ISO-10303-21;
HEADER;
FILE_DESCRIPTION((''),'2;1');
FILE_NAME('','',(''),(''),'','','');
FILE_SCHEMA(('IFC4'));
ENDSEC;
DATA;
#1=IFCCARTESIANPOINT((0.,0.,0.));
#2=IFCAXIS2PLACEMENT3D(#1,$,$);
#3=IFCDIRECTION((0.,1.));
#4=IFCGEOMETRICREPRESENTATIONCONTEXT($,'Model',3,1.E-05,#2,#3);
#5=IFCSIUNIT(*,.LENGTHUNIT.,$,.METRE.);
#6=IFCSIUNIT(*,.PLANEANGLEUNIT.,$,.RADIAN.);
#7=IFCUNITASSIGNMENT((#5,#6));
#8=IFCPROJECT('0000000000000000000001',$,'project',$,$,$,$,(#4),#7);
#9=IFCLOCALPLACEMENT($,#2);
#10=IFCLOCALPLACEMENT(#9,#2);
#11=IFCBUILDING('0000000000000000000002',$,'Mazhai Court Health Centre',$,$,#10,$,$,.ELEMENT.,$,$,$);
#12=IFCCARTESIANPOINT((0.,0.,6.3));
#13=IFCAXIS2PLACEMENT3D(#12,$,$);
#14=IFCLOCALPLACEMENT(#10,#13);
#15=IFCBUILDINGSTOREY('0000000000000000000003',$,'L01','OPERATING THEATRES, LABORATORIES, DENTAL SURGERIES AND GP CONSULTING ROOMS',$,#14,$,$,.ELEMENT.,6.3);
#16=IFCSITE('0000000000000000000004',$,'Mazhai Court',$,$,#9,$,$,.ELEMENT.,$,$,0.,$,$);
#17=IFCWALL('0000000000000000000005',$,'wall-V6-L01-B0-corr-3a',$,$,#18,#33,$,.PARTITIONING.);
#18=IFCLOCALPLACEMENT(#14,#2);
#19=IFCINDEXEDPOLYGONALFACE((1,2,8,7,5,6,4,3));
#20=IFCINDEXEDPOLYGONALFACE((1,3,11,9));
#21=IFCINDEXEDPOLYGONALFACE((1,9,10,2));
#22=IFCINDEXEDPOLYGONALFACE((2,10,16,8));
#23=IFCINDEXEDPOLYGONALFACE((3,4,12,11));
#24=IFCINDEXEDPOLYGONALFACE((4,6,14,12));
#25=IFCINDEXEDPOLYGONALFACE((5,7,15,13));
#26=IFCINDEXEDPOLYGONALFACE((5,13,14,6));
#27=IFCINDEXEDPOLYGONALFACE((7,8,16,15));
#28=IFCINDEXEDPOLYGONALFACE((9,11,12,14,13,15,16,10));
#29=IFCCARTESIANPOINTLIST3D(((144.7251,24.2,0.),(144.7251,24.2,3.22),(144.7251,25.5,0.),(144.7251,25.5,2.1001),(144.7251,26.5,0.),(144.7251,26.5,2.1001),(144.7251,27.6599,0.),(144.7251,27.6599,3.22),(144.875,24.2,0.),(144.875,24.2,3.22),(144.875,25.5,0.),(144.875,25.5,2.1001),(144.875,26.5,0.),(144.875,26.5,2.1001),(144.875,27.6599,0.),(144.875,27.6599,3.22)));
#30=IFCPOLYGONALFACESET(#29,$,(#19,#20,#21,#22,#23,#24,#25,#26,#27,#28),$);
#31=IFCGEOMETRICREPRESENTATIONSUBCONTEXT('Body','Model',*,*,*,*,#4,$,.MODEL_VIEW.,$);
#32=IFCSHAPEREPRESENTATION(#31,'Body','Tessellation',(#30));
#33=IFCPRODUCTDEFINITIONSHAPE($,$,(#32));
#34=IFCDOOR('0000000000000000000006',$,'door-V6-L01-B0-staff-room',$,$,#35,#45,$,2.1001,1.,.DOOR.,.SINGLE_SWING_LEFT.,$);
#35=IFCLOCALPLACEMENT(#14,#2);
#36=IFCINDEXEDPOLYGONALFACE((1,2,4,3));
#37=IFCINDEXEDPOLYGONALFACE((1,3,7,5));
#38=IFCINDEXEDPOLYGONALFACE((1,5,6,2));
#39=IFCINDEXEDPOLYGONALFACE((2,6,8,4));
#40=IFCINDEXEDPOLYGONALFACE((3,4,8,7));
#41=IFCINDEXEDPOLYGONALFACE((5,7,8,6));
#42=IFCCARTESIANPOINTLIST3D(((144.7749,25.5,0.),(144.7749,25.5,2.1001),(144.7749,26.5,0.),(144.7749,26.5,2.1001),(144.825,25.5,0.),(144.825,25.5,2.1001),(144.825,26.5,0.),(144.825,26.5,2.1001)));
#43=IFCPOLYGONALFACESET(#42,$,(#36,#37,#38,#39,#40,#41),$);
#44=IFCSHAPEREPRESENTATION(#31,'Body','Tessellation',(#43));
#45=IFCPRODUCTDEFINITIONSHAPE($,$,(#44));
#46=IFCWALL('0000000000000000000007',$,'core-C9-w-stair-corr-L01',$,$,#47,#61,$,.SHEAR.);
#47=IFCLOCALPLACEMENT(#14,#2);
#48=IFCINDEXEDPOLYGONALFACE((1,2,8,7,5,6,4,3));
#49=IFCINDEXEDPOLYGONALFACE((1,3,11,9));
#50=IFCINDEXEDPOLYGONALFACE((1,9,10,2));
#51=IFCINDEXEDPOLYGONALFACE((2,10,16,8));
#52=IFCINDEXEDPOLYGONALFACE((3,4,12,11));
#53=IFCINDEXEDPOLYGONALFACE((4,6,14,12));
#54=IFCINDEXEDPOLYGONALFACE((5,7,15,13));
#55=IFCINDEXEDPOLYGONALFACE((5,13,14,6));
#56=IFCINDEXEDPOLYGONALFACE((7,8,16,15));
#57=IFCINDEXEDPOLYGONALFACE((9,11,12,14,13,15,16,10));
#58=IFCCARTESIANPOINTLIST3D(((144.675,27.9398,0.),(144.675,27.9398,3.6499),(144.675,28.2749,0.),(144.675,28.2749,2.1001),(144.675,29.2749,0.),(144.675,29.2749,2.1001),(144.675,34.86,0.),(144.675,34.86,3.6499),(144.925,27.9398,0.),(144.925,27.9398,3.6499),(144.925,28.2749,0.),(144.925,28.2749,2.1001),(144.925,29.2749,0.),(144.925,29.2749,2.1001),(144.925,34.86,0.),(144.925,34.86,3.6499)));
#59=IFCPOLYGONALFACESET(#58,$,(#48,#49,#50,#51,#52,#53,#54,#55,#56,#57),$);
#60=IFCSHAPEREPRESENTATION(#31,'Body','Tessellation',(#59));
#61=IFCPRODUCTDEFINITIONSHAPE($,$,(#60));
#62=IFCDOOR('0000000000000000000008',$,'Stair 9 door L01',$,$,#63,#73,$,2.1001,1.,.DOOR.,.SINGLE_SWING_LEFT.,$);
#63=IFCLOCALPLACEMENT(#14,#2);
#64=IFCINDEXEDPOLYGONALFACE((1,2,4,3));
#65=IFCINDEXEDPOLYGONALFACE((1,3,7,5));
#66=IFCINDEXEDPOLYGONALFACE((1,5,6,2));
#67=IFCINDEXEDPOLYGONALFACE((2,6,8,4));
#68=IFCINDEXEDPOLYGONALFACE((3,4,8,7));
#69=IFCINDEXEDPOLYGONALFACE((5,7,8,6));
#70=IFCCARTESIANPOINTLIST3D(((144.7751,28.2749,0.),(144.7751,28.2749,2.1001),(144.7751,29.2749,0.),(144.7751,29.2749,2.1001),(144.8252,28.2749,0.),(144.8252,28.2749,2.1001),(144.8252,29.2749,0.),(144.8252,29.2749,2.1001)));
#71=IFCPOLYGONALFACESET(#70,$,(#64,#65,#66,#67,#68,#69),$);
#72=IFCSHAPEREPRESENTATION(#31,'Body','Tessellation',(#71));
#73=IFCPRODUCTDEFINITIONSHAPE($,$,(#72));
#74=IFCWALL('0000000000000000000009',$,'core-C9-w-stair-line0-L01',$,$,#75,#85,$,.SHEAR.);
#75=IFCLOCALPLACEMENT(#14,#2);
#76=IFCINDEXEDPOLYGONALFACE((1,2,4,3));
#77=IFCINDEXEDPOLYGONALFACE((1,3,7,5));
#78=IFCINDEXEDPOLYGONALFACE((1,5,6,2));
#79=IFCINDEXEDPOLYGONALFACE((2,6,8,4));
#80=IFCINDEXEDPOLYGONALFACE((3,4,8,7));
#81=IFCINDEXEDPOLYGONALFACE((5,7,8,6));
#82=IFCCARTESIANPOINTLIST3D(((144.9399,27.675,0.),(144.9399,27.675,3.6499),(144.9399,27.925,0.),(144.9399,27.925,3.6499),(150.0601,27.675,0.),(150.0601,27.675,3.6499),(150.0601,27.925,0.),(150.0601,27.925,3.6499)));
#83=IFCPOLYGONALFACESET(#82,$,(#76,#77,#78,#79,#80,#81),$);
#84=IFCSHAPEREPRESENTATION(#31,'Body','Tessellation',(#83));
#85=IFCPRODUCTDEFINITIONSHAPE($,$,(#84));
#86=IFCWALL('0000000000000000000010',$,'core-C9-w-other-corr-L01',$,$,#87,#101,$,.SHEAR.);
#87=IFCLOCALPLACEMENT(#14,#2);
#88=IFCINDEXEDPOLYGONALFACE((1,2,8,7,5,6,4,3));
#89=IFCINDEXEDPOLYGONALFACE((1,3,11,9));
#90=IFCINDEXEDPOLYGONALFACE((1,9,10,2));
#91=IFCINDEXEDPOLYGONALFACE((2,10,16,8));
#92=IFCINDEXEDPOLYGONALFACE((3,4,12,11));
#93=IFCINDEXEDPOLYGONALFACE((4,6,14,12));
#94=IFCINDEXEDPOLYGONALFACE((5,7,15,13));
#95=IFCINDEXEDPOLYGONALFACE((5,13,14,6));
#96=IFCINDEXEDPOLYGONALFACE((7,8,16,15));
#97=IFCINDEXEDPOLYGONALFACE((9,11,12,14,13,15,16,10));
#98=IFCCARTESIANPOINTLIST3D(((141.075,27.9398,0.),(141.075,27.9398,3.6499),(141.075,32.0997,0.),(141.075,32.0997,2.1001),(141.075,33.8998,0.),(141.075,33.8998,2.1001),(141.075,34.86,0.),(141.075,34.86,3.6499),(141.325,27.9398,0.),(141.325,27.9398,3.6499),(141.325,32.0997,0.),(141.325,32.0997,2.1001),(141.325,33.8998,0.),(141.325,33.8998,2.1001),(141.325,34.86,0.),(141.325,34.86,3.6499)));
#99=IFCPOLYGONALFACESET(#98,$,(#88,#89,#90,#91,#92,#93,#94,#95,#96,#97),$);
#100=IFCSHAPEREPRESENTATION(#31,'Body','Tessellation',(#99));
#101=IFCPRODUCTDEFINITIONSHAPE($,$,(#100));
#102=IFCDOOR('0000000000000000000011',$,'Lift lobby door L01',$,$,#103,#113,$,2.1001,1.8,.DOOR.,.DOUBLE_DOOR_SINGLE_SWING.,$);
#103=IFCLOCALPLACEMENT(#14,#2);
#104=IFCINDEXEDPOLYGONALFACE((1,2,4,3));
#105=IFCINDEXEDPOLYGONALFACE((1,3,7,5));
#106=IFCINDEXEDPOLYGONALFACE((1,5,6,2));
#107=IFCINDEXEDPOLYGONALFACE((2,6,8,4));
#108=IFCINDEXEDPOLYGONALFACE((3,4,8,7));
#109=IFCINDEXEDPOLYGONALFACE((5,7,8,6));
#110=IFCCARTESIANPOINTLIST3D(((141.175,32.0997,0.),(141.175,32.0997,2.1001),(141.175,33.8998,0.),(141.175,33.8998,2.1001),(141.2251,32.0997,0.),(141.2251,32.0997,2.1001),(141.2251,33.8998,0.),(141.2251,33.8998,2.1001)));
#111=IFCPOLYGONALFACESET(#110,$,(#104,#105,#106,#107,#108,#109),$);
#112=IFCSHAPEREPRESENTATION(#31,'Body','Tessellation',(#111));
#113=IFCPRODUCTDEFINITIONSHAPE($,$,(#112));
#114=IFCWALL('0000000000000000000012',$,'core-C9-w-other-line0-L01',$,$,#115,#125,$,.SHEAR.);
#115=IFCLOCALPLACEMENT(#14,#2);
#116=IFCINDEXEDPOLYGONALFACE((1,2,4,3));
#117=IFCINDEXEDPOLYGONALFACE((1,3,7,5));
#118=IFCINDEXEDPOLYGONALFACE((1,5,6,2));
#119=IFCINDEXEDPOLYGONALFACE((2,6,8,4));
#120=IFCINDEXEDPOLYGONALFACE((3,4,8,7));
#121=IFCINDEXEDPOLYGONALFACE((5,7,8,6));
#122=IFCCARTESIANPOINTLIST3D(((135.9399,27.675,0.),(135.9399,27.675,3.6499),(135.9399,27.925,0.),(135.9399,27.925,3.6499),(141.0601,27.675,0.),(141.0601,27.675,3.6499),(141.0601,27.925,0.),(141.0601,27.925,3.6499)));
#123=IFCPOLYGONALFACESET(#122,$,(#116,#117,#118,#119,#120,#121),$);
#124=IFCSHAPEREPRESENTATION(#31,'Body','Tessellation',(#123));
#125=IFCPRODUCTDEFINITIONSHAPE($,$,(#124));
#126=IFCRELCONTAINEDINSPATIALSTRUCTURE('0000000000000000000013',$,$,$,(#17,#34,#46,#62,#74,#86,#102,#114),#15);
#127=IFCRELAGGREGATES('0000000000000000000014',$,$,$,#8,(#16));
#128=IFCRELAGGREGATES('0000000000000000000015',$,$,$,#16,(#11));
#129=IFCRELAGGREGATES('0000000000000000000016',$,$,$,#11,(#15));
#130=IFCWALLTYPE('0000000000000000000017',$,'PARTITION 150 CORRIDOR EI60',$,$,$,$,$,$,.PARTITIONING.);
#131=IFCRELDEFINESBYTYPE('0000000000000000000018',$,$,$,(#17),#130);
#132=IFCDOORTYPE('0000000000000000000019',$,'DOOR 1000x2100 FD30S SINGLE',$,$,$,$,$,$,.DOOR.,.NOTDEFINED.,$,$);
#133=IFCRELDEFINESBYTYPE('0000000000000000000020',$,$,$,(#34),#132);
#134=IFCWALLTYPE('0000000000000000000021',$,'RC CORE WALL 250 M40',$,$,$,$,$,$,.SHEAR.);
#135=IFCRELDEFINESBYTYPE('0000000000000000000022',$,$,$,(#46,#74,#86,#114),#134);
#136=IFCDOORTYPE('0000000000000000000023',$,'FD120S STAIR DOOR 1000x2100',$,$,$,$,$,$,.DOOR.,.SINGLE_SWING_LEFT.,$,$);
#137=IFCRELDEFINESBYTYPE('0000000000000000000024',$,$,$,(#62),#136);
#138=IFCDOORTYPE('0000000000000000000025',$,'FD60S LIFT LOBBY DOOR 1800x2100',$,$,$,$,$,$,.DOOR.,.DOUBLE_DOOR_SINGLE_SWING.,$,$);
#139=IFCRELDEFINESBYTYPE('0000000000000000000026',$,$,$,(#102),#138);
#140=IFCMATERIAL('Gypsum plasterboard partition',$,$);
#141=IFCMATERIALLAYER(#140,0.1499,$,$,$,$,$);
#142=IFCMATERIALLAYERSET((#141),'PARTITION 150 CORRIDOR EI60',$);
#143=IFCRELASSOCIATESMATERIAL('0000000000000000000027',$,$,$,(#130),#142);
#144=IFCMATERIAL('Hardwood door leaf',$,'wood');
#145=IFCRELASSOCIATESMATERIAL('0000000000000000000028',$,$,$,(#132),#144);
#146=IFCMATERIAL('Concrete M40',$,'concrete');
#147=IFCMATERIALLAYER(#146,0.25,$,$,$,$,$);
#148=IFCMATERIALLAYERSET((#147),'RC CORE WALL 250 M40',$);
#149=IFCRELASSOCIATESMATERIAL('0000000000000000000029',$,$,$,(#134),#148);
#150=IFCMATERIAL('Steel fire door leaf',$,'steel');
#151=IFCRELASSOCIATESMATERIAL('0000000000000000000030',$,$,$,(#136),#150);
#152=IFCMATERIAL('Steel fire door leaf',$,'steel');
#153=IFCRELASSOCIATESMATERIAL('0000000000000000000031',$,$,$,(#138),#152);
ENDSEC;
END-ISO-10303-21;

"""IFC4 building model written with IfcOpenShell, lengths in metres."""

from ifc_helpers import new_model, si_unit, direction, frame, frame_2d, origin, place, context, subcontext, project, spatial, rectangle, extrude, material, layer, layer_set, type_object, element, fill, save


model = new_model("IFC4")

# Units and contexts
model_context = context("Model", 3, precision=1e-05, world=origin(), true_north=direction((0.0, 1.0)))
body_context = subcontext(model_context, "Body", "Model", "MODEL_VIEW")
ifc_project = project(units=[si_unit("LENGTHUNIT", "METRE"), si_unit("PLANEANGLEUNIT", "RADIAN")], contexts=[model_context])

# Site, building, storey
site_placement = place(None, origin())
site = spatial("IfcSite", under=ifc_project, at=site_placement, Name="Mazhai Court", CompositionType="ELEMENT", RefElevation=0.0)
building_placement = place(site_placement, origin())
building = spatial("IfcBuilding", under=site, at=building_placement, Name="Mazhai Court Health Centre", CompositionType="ELEMENT")
storey_placement = place(building_placement, frame((0.0, 0.0, 6.3)))
storey = spatial("IfcBuildingStorey", under=building, at=storey_placement, Name="L01", Description="OPERATING THEATRES, LABORATORIES, DENTAL SURGERIES AND GP CONSULTING ROOMS", CompositionType="ELEMENT", Elevation=6.3)

# Walls, openings, doors
ifc_material_1 = material(Name="Gypsum plasterboard partition")
ifc_layer_1 = layer(ifc_material_1, 0.1499)
ifc_layer_set_1 = layer_set([ifc_layer_1], Name="PARTITION 150 CORRIDOR EI60")
wall_type_1 = type_object("IfcWallType", Name="PARTITION 150 CORRIDOR EI60", PredefinedType="PARTITIONING", material=ifc_layer_set_1)
wall_1_placement = place(storey_placement, frame((144.8, 27.6599, 0.0), z_axis=(0.0, 0.0, 1.0), x_axis=(0.0, -1.0, 0.0)))
wall_1 = element("IfcWall", 1, at=wall_1_placement, inside=storey, type_object=wall_type_1, Name="wall-V6-L01-B0-corr-3a", PredefinedType="PARTITIONING", context=body_context, shape_type="SweptSolid", body=[
    extrude(rectangle(XDim=3.46, YDim=0.1499, at=frame_2d((1.73, 0.0))), origin(), (0.0, 0.0, 1.0), 3.22),
])
opening_1_placement = place(wall_1_placement, frame((1.1599, 0.0, 0.0)))
opening_1 = element("IfcOpeningElement", 2, at=opening_1_placement, cuts=wall_1, PredefinedType="OPENING", context=body_context, shape_type="SweptSolid", body=[
    extrude(rectangle(XDim=1.0, YDim=2.1001, at=frame_2d((0.5, 1.05))), frame((0.0, 0.085, 0.0), z_axis=(0.0, -1.0, 0.0), x_axis=(1.0, 0.0, 0.0)), (0.0, 0.0, 1.0), 0.1699),
])
ifc_material_2 = material(Name="Hardwood door leaf", Category="wood")
door_type_1 = type_object("IfcDoorType", Name="DOOR 1000x2100 FD30S SINGLE", OperationType="NOTDEFINED", PredefinedType="DOOR", material=ifc_material_2)
door_1_placement = place(opening_1_placement, origin())
door_1 = element("IfcDoor", 3, at=door_1_placement, inside=storey, type_object=door_type_1, Name="door-V6-L01-B0-staff-room", OperationType="SINGLE_SWING_LEFT", OverallHeight=2.1001, OverallWidth=1.0, PredefinedType="DOOR", context=body_context, shape_type="SweptSolid", body=[
    extrude(rectangle(XDim=1.0, YDim=2.1001, at=frame_2d((0.5, 1.05))), frame((0.0, 0.0249, 0.0), z_axis=(0.0, -1.0, 0.0), x_axis=(1.0, 0.0, 0.0)), (0.0, 0.0, 1.0), 0.05),
])
fill(opening_1, door_1)
ifc_material_3 = material(Name="Concrete M40", Category="concrete")
ifc_layer_2 = layer(ifc_material_3, 0.25)
ifc_layer_set_2 = layer_set([ifc_layer_2], Name="RC CORE WALL 250 M40")
wall_type_2 = type_object("IfcWallType", Name="RC CORE WALL 250 M40", PredefinedType="SHEAR", material=ifc_layer_set_2)
wall_2_placement = place(storey_placement, frame((144.8, 27.9399, 0.0), z_axis=(0.0, 0.0, 1.0), x_axis=(0.0, 1.0, 0.0)))
wall_2 = element("IfcWall", 4, at=wall_2_placement, inside=storey, type_object=wall_type_2, Name="core-C9-w-stair-corr-L01", PredefinedType="SHEAR", context=body_context, shape_type="SweptSolid", body=[
    extrude(rectangle(XDim=6.9202, YDim=0.25, at=frame_2d((3.46, 0.0))), origin(), (0.0, 0.0, 1.0), 3.6499),
])
opening_2_placement = place(wall_2_placement, frame((0.335, 0.0, 0.0)))
opening_2 = element("IfcOpeningElement", 5, at=opening_2_placement, cuts=wall_2, PredefinedType="OPENING", context=body_context, shape_type="SweptSolid", body=[
    extrude(rectangle(XDim=1.0, YDim=2.1001, at=frame_2d((0.5, 1.05))), frame((0.0, 0.135, 0.0), z_axis=(0.0, -1.0, 0.0), x_axis=(1.0, 0.0, 0.0)), (0.0, 0.0, 1.0), 0.27),
])
ifc_material_4 = material(Name="Steel fire door leaf", Category="steel")
door_type_2 = type_object("IfcDoorType", Name="FD120S STAIR DOOR 1000x2100", OperationType="SINGLE_SWING_LEFT", PredefinedType="DOOR", material=ifc_material_4)
door_2_placement = place(opening_2_placement, origin())
door_2 = element("IfcDoor", 6, at=door_2_placement, inside=storey, type_object=door_type_2, Name="Stair 9 door L01", OperationType="SINGLE_SWING_LEFT", OverallHeight=2.1001, OverallWidth=1.0, PredefinedType="DOOR", context=body_context, shape_type="SweptSolid", body=[
    extrude(rectangle(XDim=1.0, YDim=2.1001, at=frame_2d((0.5, 1.05))), frame((0.0, 0.0249, 0.0), z_axis=(0.0, -1.0, 0.0), x_axis=(1.0, 0.0, 0.0)), (0.0, 0.0, 1.0), 0.05),
])
fill(opening_2, door_2)

# Wall
wall_3_placement = place(storey_placement, frame((144.9399, 27.8, 0.0), z_axis=(0.0, 0.0, 1.0), x_axis=(1.0, 0.0, 0.0)))
element("IfcWall", 7, at=wall_3_placement, inside=storey, type_object=wall_type_2, Name="core-C9-w-stair-line0-L01", PredefinedType="SHEAR", context=body_context, shape_type="SweptSolid", body=[
    extrude(rectangle(XDim=5.1201, YDim=0.25, at=frame_2d((2.5601, 0.0))), origin(), (0.0, 0.0, 1.0), 3.6499),
])

# Wall, opening, door
wall_4_placement = place(storey_placement, frame((141.2, 27.9399, 0.0), z_axis=(0.0, 0.0, 1.0), x_axis=(0.0, 1.0, 0.0)))
wall_4 = element("IfcWall", 8, at=wall_4_placement, inside=storey, type_object=wall_type_2, Name="core-C9-w-other-corr-L01", PredefinedType="SHEAR", context=body_context, shape_type="SweptSolid", body=[
    extrude(rectangle(XDim=6.9202, YDim=0.25, at=frame_2d((3.46, 0.0))), origin(), (0.0, 0.0, 1.0), 3.6499),
])
opening_3_placement = place(wall_4_placement, frame((4.1599, 0.0, 0.0)))
opening_3 = element("IfcOpeningElement", 9, at=opening_3_placement, cuts=wall_4, PredefinedType="OPENING", context=body_context, shape_type="SweptSolid", body=[
    extrude(rectangle(XDim=1.8, YDim=2.1001, at=frame_2d((0.8999, 1.05))), frame((0.0, 0.135, 0.0), z_axis=(0.0, -1.0, 0.0), x_axis=(1.0, 0.0, 0.0)), (0.0, 0.0, 1.0), 0.27),
])
ifc_material_5 = material(Name="Steel fire door leaf", Category="steel")
door_type_3 = type_object("IfcDoorType", Name="FD60S LIFT LOBBY DOOR 1800x2100", OperationType="DOUBLE_DOOR_SINGLE_SWING", PredefinedType="DOOR", material=ifc_material_5)
door_3_placement = place(opening_3_placement, origin())
door_3 = element("IfcDoor", 10, at=door_3_placement, inside=storey, type_object=door_type_3, Name="Lift lobby door L01", OperationType="DOUBLE_DOOR_SINGLE_SWING", OverallHeight=2.1001, OverallWidth=1.8, PredefinedType="DOOR", context=body_context, shape_type="SweptSolid", body=[
    extrude(rectangle(XDim=1.8, YDim=2.1001, at=frame_2d((0.8999, 1.05))), frame((0.0, 0.0249, 0.0), z_axis=(0.0, -1.0, 0.0), x_axis=(1.0, 0.0, 0.0)), (0.0, 0.0, 1.0), 0.05),
])
fill(opening_3, door_3)

# Wall
wall_5_placement = place(storey_placement, frame((135.9399, 27.8, 0.0), z_axis=(0.0, 0.0, 1.0), x_axis=(1.0, 0.0, 0.0)))
element("IfcWall", 11, at=wall_5_placement, inside=storey, type_object=wall_type_2, Name="core-C9-w-other-line0-L01", PredefinedType="SHEAR", context=body_context, shape_type="SweptSolid", body=[
    extrude(rectangle(XDim=5.1201, YDim=0.25, at=frame_2d((2.5601, 0.0))), origin(), (0.0, 0.0, 1.0), 3.6499),
])

save(model, "model.ifc")
